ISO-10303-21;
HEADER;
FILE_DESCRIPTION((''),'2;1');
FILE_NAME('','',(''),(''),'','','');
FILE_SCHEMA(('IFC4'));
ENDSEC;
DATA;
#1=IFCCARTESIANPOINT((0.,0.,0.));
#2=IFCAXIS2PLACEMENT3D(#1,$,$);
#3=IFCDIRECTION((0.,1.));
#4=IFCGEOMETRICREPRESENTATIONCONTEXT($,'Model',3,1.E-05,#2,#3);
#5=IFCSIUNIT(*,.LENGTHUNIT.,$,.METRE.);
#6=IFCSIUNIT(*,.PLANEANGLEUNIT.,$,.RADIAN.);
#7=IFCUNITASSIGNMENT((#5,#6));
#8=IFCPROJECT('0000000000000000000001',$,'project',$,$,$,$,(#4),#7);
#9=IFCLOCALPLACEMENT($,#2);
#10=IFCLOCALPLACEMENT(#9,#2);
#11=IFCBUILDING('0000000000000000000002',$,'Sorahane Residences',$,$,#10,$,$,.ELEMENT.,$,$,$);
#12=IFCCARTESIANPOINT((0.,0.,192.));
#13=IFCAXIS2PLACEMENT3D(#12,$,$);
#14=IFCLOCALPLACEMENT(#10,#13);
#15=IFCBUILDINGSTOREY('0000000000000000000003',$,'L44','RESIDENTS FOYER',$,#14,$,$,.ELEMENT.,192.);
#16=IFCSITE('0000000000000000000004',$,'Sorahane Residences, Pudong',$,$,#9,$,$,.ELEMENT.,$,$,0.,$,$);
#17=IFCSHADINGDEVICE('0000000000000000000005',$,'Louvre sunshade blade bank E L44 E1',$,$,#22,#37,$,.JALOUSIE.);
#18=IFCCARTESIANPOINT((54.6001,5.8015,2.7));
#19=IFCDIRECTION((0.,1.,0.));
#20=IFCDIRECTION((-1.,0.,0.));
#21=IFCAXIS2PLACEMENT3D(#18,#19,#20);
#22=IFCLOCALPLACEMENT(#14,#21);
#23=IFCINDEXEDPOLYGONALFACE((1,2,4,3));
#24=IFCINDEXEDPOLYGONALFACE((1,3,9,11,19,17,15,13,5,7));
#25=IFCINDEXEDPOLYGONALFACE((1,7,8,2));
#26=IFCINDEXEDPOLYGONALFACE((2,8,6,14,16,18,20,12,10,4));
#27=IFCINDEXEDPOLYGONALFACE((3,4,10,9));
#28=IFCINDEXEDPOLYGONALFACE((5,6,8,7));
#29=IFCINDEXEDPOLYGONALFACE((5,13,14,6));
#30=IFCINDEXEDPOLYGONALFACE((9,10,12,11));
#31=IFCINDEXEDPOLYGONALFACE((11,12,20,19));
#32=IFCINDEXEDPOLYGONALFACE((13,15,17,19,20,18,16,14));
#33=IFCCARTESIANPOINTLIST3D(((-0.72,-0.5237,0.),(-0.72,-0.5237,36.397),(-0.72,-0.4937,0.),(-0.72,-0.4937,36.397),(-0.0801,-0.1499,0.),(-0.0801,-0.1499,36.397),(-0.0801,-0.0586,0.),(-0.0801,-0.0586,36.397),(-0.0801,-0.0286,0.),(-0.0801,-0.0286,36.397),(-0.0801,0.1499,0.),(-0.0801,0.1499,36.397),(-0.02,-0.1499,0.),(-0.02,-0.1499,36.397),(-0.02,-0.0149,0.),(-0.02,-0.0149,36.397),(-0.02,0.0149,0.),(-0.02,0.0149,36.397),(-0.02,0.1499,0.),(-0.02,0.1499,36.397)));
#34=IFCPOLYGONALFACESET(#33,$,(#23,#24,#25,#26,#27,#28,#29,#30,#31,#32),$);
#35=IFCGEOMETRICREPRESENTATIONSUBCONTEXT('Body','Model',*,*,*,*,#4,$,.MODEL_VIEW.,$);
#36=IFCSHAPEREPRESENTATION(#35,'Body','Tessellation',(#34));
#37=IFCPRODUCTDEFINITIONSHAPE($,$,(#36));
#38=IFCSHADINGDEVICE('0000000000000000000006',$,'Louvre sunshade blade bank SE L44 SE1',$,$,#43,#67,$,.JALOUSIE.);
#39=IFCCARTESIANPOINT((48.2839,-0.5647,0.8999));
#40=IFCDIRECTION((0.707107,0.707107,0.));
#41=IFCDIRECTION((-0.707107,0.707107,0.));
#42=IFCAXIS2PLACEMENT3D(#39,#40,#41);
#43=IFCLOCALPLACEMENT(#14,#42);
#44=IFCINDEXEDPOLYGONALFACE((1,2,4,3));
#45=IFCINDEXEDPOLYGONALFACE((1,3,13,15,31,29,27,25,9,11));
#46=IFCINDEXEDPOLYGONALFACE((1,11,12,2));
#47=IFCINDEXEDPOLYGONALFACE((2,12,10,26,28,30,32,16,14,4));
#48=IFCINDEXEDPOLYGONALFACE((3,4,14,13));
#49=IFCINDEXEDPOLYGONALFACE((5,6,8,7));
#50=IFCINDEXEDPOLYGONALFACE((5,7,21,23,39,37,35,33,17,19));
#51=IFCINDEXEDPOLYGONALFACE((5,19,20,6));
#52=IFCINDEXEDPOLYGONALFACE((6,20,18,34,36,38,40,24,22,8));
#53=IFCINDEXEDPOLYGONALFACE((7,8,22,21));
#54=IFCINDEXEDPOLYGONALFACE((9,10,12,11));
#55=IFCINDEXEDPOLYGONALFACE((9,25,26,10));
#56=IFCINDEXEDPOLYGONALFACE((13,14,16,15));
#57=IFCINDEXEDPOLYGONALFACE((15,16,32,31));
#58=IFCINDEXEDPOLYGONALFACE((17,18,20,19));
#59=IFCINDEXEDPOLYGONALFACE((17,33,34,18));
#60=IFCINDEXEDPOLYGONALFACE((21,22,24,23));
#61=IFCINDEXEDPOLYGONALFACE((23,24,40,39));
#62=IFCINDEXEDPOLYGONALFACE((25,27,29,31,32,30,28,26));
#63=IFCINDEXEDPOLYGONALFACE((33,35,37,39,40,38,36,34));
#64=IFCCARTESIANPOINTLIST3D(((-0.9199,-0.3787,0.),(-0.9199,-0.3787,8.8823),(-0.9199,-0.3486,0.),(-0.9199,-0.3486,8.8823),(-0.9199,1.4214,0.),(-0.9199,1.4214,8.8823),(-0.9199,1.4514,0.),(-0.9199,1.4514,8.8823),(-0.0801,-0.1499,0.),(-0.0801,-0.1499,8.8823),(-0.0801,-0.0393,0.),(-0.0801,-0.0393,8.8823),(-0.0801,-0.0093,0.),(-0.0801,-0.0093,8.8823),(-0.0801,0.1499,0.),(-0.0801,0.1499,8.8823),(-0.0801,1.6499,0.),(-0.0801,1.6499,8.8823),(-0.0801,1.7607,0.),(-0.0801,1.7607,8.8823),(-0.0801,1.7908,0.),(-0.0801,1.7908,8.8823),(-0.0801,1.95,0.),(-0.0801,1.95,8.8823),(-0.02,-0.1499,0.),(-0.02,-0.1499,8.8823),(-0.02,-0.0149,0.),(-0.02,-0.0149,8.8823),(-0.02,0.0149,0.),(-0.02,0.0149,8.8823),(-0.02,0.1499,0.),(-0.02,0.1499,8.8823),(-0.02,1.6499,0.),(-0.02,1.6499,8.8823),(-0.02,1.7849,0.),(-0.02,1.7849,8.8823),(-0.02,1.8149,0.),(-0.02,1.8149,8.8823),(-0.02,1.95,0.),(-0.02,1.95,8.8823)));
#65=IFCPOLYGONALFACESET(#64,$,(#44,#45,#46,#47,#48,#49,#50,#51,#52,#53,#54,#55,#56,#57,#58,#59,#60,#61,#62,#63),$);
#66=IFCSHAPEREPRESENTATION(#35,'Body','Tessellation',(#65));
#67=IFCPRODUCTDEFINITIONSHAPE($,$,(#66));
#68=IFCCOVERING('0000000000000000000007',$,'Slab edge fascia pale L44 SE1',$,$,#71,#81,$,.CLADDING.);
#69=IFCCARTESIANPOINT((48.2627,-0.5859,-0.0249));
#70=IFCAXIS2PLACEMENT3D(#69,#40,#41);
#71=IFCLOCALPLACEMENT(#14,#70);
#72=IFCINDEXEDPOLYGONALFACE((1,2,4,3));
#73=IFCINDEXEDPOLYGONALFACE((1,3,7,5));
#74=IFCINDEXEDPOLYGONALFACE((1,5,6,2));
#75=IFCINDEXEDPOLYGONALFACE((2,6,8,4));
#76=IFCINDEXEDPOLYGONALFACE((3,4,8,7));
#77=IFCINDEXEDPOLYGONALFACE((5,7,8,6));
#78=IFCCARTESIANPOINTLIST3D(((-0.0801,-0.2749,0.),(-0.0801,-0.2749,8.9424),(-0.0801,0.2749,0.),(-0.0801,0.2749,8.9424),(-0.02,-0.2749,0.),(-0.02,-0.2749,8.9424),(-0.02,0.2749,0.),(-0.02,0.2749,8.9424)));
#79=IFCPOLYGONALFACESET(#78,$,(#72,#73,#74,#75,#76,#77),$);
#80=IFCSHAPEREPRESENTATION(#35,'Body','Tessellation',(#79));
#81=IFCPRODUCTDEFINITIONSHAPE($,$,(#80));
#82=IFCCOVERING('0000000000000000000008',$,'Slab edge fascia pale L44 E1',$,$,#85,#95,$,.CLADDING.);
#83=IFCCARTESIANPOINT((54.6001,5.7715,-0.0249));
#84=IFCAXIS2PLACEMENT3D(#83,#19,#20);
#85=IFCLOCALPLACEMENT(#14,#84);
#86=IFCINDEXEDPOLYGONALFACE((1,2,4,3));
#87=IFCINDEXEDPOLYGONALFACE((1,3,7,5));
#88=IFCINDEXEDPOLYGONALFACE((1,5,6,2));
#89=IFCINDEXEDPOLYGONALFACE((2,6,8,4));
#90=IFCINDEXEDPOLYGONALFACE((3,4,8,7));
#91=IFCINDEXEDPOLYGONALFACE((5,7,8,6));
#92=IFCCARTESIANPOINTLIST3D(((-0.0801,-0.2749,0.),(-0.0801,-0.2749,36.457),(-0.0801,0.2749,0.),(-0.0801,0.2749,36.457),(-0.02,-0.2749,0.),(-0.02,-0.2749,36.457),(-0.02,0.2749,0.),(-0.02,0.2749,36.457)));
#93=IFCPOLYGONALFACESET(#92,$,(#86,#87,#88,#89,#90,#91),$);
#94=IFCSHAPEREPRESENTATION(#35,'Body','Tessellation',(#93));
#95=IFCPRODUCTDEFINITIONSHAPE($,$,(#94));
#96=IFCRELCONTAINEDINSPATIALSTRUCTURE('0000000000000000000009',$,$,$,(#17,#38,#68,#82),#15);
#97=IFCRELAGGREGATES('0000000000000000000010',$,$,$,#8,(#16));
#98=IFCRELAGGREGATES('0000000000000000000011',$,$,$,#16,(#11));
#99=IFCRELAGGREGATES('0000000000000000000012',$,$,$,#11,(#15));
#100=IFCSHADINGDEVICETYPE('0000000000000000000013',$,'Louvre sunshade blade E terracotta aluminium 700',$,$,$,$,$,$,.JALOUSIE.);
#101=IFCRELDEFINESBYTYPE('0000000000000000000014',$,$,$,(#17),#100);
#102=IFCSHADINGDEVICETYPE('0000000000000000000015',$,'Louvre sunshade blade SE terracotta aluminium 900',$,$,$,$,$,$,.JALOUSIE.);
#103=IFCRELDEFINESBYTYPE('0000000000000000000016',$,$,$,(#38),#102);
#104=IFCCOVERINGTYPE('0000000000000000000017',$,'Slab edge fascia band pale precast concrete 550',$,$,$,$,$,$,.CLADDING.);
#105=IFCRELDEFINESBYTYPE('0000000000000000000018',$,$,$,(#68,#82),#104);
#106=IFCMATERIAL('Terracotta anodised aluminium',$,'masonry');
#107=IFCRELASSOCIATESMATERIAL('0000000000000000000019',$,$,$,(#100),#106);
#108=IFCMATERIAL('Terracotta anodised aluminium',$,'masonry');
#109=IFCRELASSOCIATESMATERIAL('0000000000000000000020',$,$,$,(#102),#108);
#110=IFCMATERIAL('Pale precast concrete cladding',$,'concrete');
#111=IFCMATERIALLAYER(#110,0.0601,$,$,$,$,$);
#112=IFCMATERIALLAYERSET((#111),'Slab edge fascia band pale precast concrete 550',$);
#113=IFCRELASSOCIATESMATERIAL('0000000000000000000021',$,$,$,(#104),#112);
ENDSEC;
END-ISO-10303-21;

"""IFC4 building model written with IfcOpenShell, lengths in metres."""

from ifc_helpers import new_model, si_unit, direction, frame, origin, place, context, subcontext, project, spatial, polyline, outline, composite_profile, extrude, material, layer, layer_set, type_object, element, save


model = new_model("IFC4")

# Units and contexts
model_context = context("Model", 3, precision=1e-05, world=origin(), true_north=direction((0.0, 1.0)))
body_context = subcontext(model_context, "Body", "Model", "MODEL_VIEW")
ifc_project = project(units=[si_unit("LENGTHUNIT", "METRE"), si_unit("PLANEANGLEUNIT", "RADIAN")], contexts=[model_context])

# Site, building, storey
site_placement = place(None, origin())
site = spatial("IfcSite", under=ifc_project, at=site_placement, Name="Sorahane Residences, Pudong", CompositionType="ELEMENT", RefElevation=0.0)
building_placement = place(site_placement, origin())
building = spatial("IfcBuilding", under=site, at=building_placement, Name="Sorahane Residences", CompositionType="ELEMENT")
storey_placement = place(building_placement, frame((0.0, 0.0, 192.0)))
storey = spatial("IfcBuildingStorey", under=building, at=storey_placement, Name="L44", Description="RESIDENTS FOYER", CompositionType="ELEMENT", Elevation=192.0)

# Shading devices
ifc_material_1 = material(Name="Terracotta anodised aluminium", Category="masonry")
shading_device_type_1 = type_object("IfcShadingDeviceType", Name="Louvre sunshade blade E terracotta aluminium 700", PredefinedType="JALOUSIE", material=ifc_material_1)
shading_device_1_placement = place(storey_placement, frame((54.6001, 5.8015, 2.7), z_axis=(0.0, 1.0, 0.0), x_axis=(-1.0, 0.0, 0.0)))
element("IfcShadingDevice", 1, at=shading_device_1_placement, inside=storey, type_object=shading_device_type_1, Name="Louvre sunshade blade bank E L44 E1", PredefinedType="JALOUSIE", context=body_context, shape_type="SweptSolid", body=[
    extrude(outline(polyline([(-0.72, -0.4937), (-0.72, -0.5237), (-0.0801, -0.0586), (-0.0801, -0.1499), (-0.02, -0.1499), (-0.02, -0.0149), (-0.02, 0.0149), (-0.02, 0.1499), (-0.0801, 0.1499), (-0.0801, -0.0286), (-0.72, -0.4937)])), origin(), (0.0, 0.0, 1.0), 36.397),
])
ifc_material_2 = material(Name="Terracotta anodised aluminium", Category="masonry")
shading_device_type_2 = type_object("IfcShadingDeviceType", Name="Louvre sunshade blade SE terracotta aluminium 900", PredefinedType="JALOUSIE", material=ifc_material_2)
shading_device_2_placement = place(storey_placement, frame((48.2839, -0.5647, 0.8999), z_axis=(0.707107, 0.707107, 0.0), x_axis=(-0.707107, 0.707107, 0.0)))
element("IfcShadingDevice", 2, at=shading_device_2_placement, inside=storey, type_object=shading_device_type_2, Name="Louvre sunshade blade bank SE L44 SE1", PredefinedType="JALOUSIE", context=body_context, shape_type="SweptSolid", body=[
    extrude(composite_profile([outline(polyline([(-0.9199, -0.3486), (-0.9199, -0.3787), (-0.0801, -0.0393), (-0.0801, -0.1499), (-0.02, -0.1499), (-0.02, -0.0149), (-0.02, 0.0149), (-0.02, 0.1499), (-0.0801, 0.1499), (-0.0801, -0.0093), (-0.9199, -0.3486)])), outline(polyline([(-0.9199, 1.4514), (-0.9199, 1.4214), (-0.0801, 1.7607), (-0.0801, 1.6499), (-0.02, 1.6499), (-0.02, 1.7849), (-0.02, 1.8149), (-0.02, 1.95), (-0.0801, 1.95), (-0.0801, 1.7908), (-0.9199, 1.4514)]))]), origin(), (0.0, 0.0, 1.0), 8.8823),
])

# Coverings
ifc_material_3 = material(Name="Pale precast concrete cladding", Category="concrete")
ifc_layer_1 = layer(ifc_material_3, 0.0601)
ifc_layer_set_1 = layer_set([ifc_layer_1], Name="Slab edge fascia band pale precast concrete 550")
covering_type = type_object("IfcCoveringType", Name="Slab edge fascia band pale precast concrete 550", PredefinedType="CLADDING", material=ifc_layer_set_1)
covering_1_placement = place(storey_placement, frame((48.2627, -0.5859, -0.0249), z_axis=(0.707107, 0.707107, 0.0), x_axis=(-0.707107, 0.707107, 0.0)))
element("IfcCovering", 3, at=covering_1_placement, inside=storey, type_object=covering_type, Name="Slab edge fascia pale L44 SE1", PredefinedType="CLADDING", context=body_context, shape_type="SweptSolid", body=[
    extrude(outline(polyline([(-0.02, 0.2749), (-0.0801, 0.2749), (-0.0801, -0.2749), (-0.02, -0.2749), (-0.02, 0.2749)])), origin(), (0.0, 0.0, 1.0), 8.9424),
])
covering_2_placement = place(storey_placement, frame((54.6001, 5.7715, -0.0249), z_axis=(0.0, 1.0, 0.0), x_axis=(-1.0, 0.0, 0.0)))
element("IfcCovering", 4, at=covering_2_placement, inside=storey, type_object=covering_type, Name="Slab edge fascia pale L44 E1", PredefinedType="CLADDING", context=body_context, shape_type="SweptSolid", body=[
    extrude(outline(polyline([(-0.02, 0.2749), (-0.0801, 0.2749), (-0.0801, -0.2749), (-0.02, -0.2749), (-0.02, 0.2749)])), origin(), (0.0, 0.0, 1.0), 36.457),
])

save(model, "model.ifc")
